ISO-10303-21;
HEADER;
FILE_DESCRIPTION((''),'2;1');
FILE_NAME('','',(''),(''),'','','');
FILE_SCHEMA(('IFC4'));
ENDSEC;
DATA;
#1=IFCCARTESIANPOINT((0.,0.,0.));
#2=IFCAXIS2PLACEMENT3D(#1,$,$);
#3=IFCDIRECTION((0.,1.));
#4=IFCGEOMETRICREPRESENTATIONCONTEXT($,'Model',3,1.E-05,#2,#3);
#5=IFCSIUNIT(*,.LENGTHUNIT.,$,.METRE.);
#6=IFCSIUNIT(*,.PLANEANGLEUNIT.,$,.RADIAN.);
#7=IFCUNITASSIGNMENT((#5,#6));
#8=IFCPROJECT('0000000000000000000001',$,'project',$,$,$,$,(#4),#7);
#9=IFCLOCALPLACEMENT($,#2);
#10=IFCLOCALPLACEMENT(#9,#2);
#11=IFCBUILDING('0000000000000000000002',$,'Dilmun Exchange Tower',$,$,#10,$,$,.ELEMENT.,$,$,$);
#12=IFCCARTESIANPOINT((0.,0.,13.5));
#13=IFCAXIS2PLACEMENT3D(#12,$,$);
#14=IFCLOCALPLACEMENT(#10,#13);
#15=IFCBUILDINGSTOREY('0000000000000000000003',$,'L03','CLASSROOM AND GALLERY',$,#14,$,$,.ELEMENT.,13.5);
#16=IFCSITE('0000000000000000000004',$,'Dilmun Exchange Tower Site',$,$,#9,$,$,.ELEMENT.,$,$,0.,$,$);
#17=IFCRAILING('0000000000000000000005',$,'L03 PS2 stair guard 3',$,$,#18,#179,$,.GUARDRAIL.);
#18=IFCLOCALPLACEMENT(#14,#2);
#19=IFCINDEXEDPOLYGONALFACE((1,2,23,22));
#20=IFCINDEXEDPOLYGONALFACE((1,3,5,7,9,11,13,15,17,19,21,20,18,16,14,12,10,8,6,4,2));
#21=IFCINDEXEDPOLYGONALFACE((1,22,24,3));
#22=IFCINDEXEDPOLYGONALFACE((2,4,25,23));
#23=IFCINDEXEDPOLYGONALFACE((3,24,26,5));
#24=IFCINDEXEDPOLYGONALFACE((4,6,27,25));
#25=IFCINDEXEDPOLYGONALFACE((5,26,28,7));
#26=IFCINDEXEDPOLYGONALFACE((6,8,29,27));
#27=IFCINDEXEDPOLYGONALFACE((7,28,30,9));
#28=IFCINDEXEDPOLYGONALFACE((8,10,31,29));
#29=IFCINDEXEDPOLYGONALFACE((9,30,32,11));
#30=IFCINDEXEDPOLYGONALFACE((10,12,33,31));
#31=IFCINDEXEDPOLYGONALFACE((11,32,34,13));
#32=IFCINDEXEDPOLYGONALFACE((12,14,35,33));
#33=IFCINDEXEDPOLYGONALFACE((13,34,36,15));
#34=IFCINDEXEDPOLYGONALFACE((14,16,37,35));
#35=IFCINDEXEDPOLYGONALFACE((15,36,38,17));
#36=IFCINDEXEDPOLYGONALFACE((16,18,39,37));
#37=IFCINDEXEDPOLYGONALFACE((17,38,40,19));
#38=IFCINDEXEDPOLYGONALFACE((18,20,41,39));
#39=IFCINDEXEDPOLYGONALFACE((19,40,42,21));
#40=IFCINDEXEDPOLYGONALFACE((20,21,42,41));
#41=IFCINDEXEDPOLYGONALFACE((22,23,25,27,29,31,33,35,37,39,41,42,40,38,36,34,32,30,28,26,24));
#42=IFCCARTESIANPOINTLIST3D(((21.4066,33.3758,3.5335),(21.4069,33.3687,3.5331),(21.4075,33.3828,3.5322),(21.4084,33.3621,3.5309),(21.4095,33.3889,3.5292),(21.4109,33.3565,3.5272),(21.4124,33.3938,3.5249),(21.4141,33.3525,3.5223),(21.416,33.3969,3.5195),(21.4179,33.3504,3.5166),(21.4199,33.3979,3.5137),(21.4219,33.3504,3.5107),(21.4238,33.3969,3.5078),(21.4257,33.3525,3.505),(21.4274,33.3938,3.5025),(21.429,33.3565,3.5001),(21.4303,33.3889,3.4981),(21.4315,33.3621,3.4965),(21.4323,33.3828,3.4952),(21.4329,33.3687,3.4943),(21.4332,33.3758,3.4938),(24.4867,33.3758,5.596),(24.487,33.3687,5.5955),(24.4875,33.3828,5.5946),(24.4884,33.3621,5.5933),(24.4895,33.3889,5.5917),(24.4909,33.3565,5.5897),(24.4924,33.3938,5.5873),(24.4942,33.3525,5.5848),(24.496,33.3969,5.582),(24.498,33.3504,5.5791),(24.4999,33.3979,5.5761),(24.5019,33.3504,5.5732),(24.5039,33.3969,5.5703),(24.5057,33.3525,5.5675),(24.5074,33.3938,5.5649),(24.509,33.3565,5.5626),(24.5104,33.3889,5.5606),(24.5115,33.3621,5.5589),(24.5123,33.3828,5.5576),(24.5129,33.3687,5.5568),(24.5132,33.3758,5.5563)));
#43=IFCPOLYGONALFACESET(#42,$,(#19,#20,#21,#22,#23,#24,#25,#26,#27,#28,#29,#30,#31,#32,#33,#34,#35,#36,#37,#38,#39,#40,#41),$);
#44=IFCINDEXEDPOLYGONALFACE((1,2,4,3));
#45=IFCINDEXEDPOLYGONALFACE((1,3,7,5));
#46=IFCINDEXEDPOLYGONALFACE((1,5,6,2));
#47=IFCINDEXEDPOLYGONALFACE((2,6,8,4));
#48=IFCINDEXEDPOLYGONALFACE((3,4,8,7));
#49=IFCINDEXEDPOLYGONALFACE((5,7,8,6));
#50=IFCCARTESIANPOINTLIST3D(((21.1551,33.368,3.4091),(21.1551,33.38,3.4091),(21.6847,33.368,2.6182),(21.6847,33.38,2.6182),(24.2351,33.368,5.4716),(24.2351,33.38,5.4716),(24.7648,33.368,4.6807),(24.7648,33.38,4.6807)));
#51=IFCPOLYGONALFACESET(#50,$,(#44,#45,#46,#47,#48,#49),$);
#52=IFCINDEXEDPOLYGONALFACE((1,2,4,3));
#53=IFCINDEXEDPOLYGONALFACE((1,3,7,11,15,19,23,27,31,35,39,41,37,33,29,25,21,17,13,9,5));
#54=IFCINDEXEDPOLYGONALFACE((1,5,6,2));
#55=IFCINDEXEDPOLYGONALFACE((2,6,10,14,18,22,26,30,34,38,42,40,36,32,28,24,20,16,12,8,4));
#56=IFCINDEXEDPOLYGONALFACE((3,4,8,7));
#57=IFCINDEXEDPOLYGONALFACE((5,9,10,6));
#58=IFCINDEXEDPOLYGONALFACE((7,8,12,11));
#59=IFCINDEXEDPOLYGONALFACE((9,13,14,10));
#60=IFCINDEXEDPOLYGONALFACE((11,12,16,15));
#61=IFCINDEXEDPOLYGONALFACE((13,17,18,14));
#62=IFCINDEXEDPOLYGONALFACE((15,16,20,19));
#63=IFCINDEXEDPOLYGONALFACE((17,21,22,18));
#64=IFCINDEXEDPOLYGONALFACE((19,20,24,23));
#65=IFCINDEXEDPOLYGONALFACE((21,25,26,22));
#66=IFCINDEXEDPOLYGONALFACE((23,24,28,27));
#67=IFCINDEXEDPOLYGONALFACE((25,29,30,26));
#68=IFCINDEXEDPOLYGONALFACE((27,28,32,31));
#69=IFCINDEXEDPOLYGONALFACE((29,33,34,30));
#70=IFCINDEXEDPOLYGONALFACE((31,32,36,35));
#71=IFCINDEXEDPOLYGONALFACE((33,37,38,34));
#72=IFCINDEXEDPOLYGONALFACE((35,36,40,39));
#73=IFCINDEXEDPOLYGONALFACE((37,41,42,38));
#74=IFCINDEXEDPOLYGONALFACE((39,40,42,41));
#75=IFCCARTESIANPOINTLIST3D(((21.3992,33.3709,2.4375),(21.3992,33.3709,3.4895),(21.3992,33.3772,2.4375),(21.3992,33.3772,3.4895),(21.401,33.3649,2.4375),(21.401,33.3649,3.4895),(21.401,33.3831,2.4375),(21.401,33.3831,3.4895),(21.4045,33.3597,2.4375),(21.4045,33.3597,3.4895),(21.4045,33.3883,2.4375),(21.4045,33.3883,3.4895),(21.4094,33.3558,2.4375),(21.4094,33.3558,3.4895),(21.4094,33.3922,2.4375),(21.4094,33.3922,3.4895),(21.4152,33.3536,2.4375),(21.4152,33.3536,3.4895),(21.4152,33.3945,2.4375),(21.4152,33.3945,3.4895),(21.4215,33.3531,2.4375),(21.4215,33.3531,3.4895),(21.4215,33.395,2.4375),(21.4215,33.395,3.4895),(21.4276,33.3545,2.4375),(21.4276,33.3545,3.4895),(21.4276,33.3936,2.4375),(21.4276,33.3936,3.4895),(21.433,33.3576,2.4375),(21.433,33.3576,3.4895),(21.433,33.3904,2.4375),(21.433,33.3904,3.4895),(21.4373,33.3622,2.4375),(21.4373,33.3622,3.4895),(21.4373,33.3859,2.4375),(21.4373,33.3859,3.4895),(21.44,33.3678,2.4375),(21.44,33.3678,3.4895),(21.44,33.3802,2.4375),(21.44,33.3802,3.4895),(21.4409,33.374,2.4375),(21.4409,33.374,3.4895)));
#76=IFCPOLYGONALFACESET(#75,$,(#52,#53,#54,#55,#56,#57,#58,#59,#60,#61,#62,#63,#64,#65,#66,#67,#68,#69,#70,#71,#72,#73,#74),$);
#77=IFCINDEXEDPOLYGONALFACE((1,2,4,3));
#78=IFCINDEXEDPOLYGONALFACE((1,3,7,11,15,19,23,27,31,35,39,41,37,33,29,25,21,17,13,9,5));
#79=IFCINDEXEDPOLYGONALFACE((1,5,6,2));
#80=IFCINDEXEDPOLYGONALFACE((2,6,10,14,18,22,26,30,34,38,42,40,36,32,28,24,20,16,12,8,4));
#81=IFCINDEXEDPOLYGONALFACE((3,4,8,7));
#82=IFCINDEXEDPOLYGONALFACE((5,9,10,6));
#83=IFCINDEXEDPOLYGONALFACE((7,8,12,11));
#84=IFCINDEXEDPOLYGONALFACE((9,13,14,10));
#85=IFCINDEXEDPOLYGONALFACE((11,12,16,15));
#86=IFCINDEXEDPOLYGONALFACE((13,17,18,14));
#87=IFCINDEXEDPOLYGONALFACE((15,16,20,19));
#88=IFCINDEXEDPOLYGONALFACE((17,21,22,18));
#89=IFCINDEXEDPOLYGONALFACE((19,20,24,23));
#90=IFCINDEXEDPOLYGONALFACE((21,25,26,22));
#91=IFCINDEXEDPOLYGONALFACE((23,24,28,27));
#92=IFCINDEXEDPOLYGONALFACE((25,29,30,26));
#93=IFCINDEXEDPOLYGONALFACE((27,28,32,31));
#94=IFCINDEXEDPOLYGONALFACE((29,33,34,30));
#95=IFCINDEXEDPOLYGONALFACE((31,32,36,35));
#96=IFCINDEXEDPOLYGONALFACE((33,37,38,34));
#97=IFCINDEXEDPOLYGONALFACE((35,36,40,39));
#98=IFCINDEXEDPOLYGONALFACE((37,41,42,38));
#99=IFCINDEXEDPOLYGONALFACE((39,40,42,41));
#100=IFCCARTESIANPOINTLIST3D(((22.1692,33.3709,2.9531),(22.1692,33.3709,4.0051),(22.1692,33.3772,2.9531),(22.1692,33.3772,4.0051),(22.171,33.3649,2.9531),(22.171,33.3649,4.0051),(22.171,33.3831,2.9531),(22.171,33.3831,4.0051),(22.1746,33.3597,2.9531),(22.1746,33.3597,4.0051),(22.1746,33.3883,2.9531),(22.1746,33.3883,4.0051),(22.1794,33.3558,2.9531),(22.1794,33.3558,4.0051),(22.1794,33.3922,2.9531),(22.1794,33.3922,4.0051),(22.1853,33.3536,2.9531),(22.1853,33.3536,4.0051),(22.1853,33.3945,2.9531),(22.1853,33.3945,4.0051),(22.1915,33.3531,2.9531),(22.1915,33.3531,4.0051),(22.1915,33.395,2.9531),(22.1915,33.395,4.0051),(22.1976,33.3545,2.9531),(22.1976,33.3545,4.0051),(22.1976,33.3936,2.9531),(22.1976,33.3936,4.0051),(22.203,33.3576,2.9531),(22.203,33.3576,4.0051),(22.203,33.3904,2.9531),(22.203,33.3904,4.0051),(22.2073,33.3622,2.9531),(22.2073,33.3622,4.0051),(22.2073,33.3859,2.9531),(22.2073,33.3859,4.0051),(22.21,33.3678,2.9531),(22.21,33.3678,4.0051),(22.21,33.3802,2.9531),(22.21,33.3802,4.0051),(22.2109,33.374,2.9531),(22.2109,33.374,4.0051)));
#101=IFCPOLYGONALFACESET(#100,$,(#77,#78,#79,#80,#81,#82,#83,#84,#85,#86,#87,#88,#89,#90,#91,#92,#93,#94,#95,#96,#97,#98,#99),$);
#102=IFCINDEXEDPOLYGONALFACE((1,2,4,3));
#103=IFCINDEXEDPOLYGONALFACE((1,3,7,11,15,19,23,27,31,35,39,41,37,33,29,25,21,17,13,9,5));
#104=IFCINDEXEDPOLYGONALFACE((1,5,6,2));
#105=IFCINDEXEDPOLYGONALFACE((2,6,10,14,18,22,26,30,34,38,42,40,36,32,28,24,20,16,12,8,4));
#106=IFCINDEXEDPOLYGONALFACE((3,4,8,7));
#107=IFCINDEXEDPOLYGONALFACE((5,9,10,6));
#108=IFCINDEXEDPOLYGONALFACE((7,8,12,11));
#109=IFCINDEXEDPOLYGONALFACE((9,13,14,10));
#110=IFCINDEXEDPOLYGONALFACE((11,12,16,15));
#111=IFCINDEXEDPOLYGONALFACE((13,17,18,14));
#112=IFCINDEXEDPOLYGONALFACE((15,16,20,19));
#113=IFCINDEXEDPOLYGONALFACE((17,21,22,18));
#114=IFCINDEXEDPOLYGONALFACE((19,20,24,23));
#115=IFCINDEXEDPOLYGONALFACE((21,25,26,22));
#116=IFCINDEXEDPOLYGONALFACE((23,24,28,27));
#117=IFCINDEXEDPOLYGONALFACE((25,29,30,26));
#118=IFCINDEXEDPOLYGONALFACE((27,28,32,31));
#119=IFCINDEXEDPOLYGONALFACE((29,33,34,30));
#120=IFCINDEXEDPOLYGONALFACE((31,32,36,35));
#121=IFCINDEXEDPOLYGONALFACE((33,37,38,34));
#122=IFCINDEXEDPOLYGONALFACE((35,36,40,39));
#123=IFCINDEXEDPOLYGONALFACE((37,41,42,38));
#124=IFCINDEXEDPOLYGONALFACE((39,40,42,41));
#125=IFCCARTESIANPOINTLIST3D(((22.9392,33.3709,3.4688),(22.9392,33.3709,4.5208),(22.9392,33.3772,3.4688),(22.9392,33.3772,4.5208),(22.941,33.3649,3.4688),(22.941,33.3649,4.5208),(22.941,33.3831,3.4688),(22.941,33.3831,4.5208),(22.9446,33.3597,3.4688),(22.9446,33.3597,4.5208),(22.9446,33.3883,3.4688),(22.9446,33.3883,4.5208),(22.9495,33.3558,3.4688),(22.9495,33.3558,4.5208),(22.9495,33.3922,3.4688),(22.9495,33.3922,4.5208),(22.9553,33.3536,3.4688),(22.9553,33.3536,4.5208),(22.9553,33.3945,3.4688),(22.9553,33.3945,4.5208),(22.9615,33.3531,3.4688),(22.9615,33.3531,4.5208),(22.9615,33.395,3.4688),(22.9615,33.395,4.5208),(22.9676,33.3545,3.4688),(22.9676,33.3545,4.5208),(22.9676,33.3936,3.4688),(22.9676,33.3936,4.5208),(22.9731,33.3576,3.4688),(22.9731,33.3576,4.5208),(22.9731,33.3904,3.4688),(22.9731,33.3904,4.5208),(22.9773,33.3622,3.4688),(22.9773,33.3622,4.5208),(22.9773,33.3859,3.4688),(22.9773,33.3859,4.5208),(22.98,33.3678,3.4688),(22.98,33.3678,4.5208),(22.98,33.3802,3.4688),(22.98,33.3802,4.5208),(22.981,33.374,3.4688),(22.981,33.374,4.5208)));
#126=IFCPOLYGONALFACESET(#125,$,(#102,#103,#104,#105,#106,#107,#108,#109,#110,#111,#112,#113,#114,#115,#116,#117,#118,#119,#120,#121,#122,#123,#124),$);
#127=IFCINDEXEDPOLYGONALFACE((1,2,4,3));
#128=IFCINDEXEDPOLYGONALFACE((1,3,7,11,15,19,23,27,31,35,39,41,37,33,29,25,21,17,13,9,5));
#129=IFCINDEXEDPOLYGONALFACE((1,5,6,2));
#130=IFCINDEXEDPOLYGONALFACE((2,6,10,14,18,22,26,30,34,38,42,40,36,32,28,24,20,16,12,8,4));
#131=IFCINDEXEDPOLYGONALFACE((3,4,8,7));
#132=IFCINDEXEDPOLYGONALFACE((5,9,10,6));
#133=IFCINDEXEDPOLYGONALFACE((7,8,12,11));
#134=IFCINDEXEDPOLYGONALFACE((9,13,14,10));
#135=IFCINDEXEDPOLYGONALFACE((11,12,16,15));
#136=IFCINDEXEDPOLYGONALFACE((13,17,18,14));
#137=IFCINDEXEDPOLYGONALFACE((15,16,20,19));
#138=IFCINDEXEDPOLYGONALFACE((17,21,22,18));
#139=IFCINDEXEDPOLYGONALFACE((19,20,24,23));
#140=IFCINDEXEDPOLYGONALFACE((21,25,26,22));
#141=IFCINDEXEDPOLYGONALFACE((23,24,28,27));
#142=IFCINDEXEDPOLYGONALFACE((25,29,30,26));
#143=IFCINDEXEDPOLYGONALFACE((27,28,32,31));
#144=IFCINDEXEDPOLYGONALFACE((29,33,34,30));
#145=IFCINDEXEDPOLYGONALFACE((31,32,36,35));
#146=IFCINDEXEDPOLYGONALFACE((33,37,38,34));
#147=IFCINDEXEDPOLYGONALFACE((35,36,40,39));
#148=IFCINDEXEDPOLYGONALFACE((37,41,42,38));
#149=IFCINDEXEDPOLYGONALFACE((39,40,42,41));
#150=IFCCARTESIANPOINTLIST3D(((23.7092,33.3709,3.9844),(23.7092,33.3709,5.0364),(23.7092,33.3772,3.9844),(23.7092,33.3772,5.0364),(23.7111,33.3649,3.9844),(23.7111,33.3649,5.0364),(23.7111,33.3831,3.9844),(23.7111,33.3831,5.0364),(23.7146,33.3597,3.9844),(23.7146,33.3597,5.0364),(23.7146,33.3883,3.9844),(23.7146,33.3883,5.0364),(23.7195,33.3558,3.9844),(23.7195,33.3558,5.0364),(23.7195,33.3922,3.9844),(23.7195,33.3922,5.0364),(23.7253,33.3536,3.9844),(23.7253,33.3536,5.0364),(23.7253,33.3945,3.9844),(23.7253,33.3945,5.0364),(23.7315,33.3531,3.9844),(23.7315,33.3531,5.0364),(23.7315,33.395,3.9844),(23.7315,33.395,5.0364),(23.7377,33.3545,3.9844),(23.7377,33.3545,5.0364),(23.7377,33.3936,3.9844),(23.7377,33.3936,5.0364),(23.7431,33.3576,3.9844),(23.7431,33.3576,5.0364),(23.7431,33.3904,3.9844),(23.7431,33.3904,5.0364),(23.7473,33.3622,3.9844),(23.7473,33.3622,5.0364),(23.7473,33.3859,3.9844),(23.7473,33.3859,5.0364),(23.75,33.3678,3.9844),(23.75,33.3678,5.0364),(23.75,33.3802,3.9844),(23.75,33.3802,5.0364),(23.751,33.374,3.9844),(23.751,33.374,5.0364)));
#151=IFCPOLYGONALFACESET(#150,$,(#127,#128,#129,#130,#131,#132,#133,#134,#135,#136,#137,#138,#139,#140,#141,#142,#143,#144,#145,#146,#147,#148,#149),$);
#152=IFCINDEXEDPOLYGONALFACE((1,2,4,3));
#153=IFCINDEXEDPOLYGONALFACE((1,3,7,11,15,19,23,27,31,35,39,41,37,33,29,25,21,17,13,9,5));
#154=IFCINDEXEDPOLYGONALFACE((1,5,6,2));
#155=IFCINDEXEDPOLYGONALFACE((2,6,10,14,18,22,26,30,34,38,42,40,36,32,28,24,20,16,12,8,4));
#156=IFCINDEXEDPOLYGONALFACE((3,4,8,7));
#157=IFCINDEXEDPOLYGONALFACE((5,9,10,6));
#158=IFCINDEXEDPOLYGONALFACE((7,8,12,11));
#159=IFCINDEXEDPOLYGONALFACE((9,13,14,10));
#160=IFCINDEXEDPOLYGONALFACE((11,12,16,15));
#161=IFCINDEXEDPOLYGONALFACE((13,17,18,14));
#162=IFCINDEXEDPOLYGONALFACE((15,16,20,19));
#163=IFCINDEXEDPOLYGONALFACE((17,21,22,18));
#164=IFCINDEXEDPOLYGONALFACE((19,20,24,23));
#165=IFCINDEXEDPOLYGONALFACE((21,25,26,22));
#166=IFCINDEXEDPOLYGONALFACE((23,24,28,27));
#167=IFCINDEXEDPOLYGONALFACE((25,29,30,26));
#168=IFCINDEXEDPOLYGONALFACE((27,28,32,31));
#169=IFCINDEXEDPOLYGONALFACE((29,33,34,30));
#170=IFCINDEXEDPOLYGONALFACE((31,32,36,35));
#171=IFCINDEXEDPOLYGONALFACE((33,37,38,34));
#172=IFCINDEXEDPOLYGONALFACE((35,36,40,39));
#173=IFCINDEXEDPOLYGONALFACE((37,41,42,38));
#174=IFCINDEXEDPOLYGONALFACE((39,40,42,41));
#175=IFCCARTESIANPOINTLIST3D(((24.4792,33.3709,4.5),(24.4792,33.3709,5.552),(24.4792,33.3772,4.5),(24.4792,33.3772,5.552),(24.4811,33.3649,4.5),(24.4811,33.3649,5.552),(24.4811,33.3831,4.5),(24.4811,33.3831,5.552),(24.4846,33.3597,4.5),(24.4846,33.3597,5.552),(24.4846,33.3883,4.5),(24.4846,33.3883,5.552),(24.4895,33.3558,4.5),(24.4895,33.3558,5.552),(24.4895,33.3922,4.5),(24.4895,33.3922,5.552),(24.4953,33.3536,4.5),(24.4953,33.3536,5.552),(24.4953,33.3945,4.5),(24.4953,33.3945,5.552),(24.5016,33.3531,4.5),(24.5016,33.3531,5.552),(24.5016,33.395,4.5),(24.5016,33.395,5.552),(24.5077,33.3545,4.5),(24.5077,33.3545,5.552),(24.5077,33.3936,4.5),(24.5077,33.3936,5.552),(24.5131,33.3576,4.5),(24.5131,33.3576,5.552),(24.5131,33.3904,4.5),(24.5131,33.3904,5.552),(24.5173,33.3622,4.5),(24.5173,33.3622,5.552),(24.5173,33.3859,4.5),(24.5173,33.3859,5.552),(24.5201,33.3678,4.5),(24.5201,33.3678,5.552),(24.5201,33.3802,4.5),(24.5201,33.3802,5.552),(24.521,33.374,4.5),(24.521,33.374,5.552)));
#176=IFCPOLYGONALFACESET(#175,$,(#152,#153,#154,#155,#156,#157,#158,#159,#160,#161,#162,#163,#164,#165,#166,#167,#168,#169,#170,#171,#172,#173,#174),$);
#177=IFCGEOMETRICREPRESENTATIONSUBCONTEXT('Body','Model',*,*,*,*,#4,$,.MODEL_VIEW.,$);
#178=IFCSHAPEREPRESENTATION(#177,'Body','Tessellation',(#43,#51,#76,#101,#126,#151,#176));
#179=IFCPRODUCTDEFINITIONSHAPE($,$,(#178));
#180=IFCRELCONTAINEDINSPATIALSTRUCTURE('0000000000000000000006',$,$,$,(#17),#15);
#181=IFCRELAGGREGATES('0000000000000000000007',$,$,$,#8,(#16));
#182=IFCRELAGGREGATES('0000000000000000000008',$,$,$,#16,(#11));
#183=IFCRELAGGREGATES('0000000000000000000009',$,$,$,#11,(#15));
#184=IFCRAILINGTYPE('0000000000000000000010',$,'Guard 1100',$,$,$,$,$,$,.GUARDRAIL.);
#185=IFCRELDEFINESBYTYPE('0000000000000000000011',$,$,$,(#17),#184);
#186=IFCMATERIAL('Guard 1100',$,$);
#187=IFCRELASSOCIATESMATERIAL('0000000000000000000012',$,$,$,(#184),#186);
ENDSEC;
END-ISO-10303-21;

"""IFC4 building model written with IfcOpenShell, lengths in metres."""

from ifc_helpers import new_model, si_unit, direction, frame, origin, origin_2d, place, context, subcontext, project, spatial, rectangle, circle, extrude, material, type_object, element, save


model = new_model("IFC4")

# Units and contexts
model_context = context("Model", 3, precision=1e-05, world=origin(), true_north=direction((0.0, 1.0)))
body_context = subcontext(model_context, "Body", "Model", "MODEL_VIEW")
ifc_project = project(units=[si_unit("LENGTHUNIT", "METRE"), si_unit("PLANEANGLEUNIT", "RADIAN")], contexts=[model_context])

# Site, building, storey
site_placement = place(None, origin())
site = spatial("IfcSite", under=ifc_project, at=site_placement, Name="Dilmun Exchange Tower Site", CompositionType="ELEMENT", RefElevation=0.0)
building_placement = place(site_placement, origin())
building = spatial("IfcBuilding", under=site, at=building_placement, Name="Dilmun Exchange Tower", CompositionType="ELEMENT")
storey_placement = place(building_placement, frame((0.0, 0.0, 13.5)))
storey = spatial("IfcBuildingStorey", under=building, at=storey_placement, Name="L03", Description="CLASSROOM AND GALLERY", CompositionType="ELEMENT", Elevation=13.5)

# Railing
ifc_material_1 = material(Name="Guard 1100")
railing_type_1 = type_object("IfcRailingType", Name="Guard 1100", PredefinedType="GUARDRAIL", material=ifc_material_1)
railing_1_placement = place(storey_placement, frame((21.4199, 33.374, 2.4375)))
element("IfcRailing", 1, at=railing_1_placement, inside=storey, type_object=railing_type_1, Name="L03 PS2 stair guard 3", PredefinedType="GUARDRAIL", context=body_context, shape_type="SweptSolid", body=[
    extrude(circle(Radius=0.0239, at=origin_2d()), frame((0.0, 0.0, 1.0762), z_axis=(0.830914, 0.0, 0.556401), x_axis=(0.0, 1.0, 0.0)), (0.0, 0.0, 1.0), 3.7068),
    extrude(rectangle(XDim=0.012, YDim=0.9519, at=origin_2d()), frame((0.0, 0.0, 0.5762), z_axis=(0.830914, 0.0, 0.556401), x_axis=(0.0, 1.0, 0.0)), (0.0, 0.0, 1.0), 3.7068),
    extrude(circle(Radius=0.021, at=origin_2d()), origin(), (0.0, 0.0, 1.0), 1.052),
    extrude(circle(Radius=0.021, at=origin_2d()), frame((0.77, 0.0, 0.5156)), (0.0, 0.0, 1.0), 1.052),
    extrude(circle(Radius=0.021, at=origin_2d()), frame((1.54, 0.0, 1.0312)), (0.0, 0.0, 1.0), 1.052),
    extrude(circle(Radius=0.021, at=origin_2d()), frame((2.3101, 0.0, 1.5469)), (0.0, 0.0, 1.0), 1.052),
    extrude(circle(Radius=0.021, at=origin_2d()), frame((3.0801, 0.0, 2.0625)), (0.0, 0.0, 1.0), 1.052),
])

save(model, "model.ifc")
